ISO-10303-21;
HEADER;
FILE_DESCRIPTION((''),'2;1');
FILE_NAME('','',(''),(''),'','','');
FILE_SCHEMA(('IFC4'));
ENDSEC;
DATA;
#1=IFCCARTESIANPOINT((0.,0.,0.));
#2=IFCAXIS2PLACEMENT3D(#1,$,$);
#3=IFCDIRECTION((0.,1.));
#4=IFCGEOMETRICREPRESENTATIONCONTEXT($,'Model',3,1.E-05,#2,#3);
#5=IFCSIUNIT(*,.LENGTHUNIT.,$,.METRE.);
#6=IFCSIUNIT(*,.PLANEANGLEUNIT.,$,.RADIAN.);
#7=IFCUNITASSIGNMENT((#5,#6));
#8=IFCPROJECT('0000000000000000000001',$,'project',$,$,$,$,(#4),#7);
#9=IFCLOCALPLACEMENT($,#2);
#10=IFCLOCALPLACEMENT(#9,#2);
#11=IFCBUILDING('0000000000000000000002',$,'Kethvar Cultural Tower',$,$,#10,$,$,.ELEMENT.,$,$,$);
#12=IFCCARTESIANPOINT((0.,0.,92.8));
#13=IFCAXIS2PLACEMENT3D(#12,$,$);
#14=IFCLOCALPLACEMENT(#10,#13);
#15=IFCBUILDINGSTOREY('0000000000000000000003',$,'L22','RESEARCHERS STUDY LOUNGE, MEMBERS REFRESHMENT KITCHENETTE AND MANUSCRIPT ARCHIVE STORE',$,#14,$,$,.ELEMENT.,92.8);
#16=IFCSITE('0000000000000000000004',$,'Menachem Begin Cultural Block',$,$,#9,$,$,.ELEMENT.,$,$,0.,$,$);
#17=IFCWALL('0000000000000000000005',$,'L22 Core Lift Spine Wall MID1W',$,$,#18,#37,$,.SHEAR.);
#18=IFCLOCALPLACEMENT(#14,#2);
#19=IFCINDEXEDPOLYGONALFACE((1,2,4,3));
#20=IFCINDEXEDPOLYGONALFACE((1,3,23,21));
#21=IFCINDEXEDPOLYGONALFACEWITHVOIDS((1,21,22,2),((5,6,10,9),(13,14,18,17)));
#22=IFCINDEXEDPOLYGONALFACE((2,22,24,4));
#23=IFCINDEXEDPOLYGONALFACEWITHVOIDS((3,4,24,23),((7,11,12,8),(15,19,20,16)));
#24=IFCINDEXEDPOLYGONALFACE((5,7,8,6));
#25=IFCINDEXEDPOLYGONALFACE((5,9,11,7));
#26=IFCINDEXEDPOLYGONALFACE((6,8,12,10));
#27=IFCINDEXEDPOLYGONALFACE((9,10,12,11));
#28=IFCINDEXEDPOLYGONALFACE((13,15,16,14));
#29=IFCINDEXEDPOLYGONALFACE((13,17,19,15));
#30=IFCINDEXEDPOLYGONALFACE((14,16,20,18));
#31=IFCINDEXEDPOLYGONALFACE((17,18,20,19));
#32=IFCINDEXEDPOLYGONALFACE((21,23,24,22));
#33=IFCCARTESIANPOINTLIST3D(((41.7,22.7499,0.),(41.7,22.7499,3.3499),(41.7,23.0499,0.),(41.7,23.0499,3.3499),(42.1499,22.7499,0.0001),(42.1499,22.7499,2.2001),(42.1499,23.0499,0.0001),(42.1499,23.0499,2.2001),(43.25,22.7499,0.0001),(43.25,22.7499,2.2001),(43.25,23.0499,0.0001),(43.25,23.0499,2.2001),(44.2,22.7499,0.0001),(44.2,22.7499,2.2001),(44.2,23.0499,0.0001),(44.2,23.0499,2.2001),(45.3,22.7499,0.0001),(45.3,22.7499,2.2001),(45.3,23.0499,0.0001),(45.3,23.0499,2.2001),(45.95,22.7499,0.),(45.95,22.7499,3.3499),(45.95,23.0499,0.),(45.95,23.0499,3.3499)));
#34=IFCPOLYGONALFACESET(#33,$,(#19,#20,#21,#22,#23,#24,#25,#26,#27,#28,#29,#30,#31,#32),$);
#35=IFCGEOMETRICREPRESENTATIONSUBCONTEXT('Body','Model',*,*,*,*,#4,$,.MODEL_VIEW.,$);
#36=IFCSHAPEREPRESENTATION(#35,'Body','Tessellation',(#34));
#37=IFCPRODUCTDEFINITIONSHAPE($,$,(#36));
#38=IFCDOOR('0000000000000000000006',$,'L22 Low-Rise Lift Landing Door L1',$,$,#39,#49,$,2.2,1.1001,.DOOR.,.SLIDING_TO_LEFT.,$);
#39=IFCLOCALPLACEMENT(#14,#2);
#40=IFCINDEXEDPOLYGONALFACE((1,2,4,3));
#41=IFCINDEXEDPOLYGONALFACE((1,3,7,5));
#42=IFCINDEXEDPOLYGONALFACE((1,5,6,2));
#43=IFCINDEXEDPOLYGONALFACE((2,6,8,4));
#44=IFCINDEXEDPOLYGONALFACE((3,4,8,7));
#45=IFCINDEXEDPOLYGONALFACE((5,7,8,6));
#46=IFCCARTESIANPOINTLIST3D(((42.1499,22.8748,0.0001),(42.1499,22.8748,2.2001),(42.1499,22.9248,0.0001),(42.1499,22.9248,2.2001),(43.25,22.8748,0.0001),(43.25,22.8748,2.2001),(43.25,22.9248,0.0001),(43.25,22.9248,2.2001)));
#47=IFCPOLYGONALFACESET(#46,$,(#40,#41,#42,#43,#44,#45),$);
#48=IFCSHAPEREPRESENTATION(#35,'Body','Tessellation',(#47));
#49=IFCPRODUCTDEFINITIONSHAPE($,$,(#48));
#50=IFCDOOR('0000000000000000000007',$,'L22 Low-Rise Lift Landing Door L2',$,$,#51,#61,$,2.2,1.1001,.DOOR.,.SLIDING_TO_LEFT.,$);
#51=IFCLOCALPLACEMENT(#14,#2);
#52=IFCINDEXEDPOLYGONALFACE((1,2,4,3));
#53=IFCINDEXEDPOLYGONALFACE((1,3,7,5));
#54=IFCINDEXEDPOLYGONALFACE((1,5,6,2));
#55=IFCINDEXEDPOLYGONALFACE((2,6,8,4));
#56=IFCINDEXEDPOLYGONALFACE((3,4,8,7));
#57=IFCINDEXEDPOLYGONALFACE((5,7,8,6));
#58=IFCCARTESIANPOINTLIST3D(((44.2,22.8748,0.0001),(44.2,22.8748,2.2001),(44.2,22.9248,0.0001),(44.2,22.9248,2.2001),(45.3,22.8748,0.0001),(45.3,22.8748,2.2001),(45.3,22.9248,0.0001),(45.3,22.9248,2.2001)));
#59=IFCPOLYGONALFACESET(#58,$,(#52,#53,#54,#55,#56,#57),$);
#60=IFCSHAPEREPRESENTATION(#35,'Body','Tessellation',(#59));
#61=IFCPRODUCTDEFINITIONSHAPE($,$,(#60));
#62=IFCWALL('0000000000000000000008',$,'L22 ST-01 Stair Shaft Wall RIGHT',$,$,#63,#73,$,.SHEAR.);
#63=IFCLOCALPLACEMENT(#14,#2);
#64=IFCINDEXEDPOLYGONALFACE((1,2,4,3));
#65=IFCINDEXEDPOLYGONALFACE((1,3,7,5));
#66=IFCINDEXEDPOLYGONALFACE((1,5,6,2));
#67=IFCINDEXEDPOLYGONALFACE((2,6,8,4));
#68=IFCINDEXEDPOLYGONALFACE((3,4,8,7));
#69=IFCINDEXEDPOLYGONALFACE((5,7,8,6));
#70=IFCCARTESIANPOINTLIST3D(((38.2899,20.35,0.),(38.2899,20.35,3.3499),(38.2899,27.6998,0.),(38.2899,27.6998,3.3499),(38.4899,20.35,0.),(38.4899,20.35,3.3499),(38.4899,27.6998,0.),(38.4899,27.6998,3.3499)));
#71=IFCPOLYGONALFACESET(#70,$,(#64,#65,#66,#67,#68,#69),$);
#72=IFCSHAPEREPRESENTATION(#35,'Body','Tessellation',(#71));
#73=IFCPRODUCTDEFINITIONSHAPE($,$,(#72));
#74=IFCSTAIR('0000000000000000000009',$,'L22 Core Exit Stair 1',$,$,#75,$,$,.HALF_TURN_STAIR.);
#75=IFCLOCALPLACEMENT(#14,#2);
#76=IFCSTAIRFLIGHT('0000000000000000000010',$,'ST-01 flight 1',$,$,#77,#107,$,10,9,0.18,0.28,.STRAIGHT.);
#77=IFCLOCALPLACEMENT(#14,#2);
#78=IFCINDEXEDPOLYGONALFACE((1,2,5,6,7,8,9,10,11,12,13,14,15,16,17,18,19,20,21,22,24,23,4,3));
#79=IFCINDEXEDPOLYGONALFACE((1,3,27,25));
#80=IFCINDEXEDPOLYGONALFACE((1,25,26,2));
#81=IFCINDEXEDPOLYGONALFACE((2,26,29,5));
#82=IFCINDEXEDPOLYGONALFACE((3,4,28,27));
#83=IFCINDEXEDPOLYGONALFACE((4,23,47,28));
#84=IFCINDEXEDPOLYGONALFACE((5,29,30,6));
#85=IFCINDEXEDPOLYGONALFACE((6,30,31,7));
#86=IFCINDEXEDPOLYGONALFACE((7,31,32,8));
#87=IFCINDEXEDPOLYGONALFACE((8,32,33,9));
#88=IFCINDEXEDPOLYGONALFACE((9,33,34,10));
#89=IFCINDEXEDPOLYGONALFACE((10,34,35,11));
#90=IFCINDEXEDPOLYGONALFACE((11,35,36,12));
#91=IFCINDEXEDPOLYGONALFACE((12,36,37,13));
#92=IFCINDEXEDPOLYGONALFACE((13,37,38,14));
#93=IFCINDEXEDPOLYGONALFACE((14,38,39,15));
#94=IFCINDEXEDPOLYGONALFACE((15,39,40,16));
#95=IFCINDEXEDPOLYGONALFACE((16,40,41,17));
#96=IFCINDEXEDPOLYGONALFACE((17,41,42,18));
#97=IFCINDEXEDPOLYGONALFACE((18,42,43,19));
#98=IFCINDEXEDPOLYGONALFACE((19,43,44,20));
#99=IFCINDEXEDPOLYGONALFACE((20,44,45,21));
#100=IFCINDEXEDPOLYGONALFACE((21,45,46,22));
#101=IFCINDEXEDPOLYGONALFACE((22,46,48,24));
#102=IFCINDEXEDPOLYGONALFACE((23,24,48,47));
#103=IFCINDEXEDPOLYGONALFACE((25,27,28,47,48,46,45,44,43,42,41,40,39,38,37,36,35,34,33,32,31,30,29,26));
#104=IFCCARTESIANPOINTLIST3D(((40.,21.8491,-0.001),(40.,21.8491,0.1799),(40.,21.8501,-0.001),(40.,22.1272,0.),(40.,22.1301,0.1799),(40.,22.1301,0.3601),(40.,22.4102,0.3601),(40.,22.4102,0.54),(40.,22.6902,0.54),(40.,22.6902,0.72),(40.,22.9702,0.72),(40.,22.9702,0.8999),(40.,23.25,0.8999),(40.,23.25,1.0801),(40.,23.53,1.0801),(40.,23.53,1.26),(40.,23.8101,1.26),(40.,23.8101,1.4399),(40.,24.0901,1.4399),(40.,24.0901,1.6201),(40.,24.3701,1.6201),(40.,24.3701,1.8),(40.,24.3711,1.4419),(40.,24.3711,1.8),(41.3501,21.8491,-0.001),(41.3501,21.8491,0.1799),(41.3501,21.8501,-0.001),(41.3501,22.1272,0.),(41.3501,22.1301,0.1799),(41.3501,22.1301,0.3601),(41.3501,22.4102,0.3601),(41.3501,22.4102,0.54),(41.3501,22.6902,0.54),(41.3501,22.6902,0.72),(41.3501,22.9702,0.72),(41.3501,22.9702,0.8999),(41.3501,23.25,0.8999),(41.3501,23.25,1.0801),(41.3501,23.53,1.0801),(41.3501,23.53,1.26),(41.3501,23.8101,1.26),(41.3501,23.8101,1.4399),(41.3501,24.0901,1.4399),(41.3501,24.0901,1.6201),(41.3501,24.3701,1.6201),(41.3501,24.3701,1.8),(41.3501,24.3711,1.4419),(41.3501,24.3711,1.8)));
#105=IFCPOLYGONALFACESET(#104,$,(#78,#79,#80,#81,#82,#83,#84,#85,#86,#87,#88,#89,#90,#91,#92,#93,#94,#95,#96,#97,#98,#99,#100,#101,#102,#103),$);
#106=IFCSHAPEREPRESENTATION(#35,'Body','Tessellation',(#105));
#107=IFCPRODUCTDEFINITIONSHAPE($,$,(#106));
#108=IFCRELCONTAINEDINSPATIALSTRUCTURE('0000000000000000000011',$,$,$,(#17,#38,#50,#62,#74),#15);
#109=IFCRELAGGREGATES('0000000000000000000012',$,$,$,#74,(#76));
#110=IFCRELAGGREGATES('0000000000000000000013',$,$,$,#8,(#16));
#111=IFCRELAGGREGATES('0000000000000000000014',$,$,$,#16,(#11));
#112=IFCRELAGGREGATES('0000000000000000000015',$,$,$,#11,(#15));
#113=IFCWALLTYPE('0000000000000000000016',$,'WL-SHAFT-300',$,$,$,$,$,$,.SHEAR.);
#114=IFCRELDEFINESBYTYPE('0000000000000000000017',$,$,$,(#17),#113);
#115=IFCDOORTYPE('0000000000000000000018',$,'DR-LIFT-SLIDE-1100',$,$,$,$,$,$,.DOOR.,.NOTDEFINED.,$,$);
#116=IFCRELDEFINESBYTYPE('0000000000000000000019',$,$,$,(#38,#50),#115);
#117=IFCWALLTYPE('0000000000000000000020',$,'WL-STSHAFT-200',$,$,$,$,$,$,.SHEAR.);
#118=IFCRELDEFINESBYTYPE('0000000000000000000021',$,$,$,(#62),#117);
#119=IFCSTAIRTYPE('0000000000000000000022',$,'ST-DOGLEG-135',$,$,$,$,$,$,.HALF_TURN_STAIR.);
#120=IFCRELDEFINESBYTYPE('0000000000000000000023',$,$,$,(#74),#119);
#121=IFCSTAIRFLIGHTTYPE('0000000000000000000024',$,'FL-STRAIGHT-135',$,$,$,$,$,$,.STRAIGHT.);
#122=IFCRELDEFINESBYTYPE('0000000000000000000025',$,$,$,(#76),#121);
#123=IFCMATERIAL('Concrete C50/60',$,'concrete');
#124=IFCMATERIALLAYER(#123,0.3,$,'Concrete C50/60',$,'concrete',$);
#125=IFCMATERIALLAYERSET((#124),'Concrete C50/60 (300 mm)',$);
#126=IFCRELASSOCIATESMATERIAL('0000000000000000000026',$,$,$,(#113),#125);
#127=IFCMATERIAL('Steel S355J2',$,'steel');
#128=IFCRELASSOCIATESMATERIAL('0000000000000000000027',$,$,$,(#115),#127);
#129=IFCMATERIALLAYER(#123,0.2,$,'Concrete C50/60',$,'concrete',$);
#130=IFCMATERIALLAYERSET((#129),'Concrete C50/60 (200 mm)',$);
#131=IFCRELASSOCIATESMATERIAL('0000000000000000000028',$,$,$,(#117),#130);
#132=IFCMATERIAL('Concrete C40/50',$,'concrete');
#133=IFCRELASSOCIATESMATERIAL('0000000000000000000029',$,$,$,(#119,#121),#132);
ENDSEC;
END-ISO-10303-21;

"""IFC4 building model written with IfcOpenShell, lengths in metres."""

from ifc_helpers import new_model, si_unit, direction, frame, frame_2d, origin, place, context, subcontext, project, spatial, polyline, rectangle, outline, extrude, source, transform, mapped, material, layer, layer_set, type_object, element, fill, aggregate, save


model = new_model("IFC4")

# Units and contexts
model_context = context("Model", 3, precision=1e-05, world=origin(), true_north=direction((0.0, 1.0)))
body_context = subcontext(model_context, "Body", "Model", "MODEL_VIEW")
ifc_project = project(units=[si_unit("LENGTHUNIT", "METRE"), si_unit("PLANEANGLEUNIT", "RADIAN")], contexts=[model_context])

# Site, building, storey
site_placement = place(None, origin())
site = spatial("IfcSite", under=ifc_project, at=site_placement, Name="Menachem Begin Cultural Block", CompositionType="ELEMENT", RefElevation=0.0)
building_placement = place(site_placement, origin())
building = spatial("IfcBuilding", under=site, at=building_placement, Name="Kethvar Cultural Tower", CompositionType="ELEMENT")
storey_placement = place(building_placement, frame((0.0, 0.0, 92.8)))
storey = spatial("IfcBuildingStorey", under=building, at=storey_placement, Name="L22", Description="RESEARCHERS STUDY LOUNGE, MEMBERS REFRESHMENT KITCHENETTE AND MANUSCRIPT ARCHIVE STORE", CompositionType="ELEMENT", Elevation=92.8)

# Shared definitions
ifc_material_1 = material(Name="Steel S355J2", Category="steel")

# Wall, openings, doors
ifc_material_2 = material(Name="Concrete C50/60", Category="concrete")
ifc_layer_1 = layer(ifc_material_2, 0.3, Name="Concrete C50/60", Category="concrete")
ifc_layer_set_1 = layer_set([ifc_layer_1], Name="Concrete C50/60 (300 mm)")
wall_type_1 = type_object("IfcWallType", Name="WL-SHAFT-300", PredefinedType="SHEAR", material=ifc_layer_set_1)
wall_1_placement = place(storey_placement, frame((41.7, 22.8999, 0.0), z_axis=(0.0, 0.0, 1.0), x_axis=(1.0, 0.0, 0.0)))
wall_1 = element("IfcWall", 1, at=wall_1_placement, inside=storey, type_object=wall_type_1, Name="L22 Core Lift Spine Wall MID1W", PredefinedType="SHEAR", context=body_context, shape_type="SweptSolid", body=[
    extrude(rectangle(XDim=4.25, YDim=0.3, at=frame_2d((2.125, 0.0))), origin(), (0.0, 0.0, 1.0), 3.3499),
])
opening_1_placement = place(wall_1_placement, frame((0.45, 0.0, 0.0)))
opening_1 = element("IfcOpeningElement", 2, at=opening_1_placement, cuts=wall_1, PredefinedType="OPENING", context=body_context, shape_type="SweptSolid", body=[
    extrude(rectangle(XDim=1.1001, YDim=2.2, at=frame_2d((0.55, 1.1001))), frame((0.0, 0.1599, 0.0), z_axis=(0.0, -1.0, 0.0), x_axis=(1.0, 0.0, 0.0)), (0.0, 0.0, 1.0), 0.3201),
])
opening_2_placement = place(wall_1_placement, frame((2.5, 0.0, 0.0)))
opening_2 = element("IfcOpeningElement", 3, at=opening_2_placement, cuts=wall_1, PredefinedType="OPENING", context=body_context, shape_type="SweptSolid", body=[
    extrude(rectangle(XDim=1.1001, YDim=2.2, at=frame_2d((0.55, 1.1001))), frame((0.0, 0.1599, 0.0), z_axis=(0.0, -1.0, 0.0), x_axis=(1.0, 0.0, 0.0)), (0.0, 0.0, 1.0), 0.3201),
])
door_type_1 = type_object("IfcDoorType", Name="DR-LIFT-SLIDE-1100", OperationType="NOTDEFINED", PredefinedType="DOOR", material=ifc_material_1)
shared_shape_1 = source(origin(), body_context, "Body", "SweptSolid", [
    extrude(rectangle(XDim=1.1001, YDim=2.2, at=frame_2d((0.55, 1.1001))), frame((0.0, 0.0249, 0.0), z_axis=(0.0, -1.0, 0.0), x_axis=(1.0, 0.0, 0.0)), (0.0, 0.0, 1.0), 0.05),
])
door_1_placement = place(opening_1_placement, origin())
door_1 = element("IfcDoor", 4, at=door_1_placement, inside=storey, type_object=door_type_1, Name="L22 Low-Rise Lift Landing Door L1", OperationType="SLIDING_TO_LEFT", OverallHeight=2.2, OverallWidth=1.1001, PredefinedType="DOOR", context=body_context, shape_type="MappedRepresentation", body=[
    mapped(shared_shape_1, transform((0.0, 0.0, 0.0), scale=1.0)),
])
fill(opening_1, door_1)
door_2_placement = place(opening_2_placement, origin())
door_2 = element("IfcDoor", 5, at=door_2_placement, inside=storey, type_object=door_type_1, Name="L22 Low-Rise Lift Landing Door L2", OperationType="SLIDING_TO_LEFT", OverallHeight=2.2, OverallWidth=1.1001, PredefinedType="DOOR", context=body_context, shape_type="MappedRepresentation", body=[
    mapped(shared_shape_1, transform((0.0, 0.0, 0.0), scale=1.0)),
])
fill(opening_2, door_2)

# Wall
ifc_layer_2 = layer(ifc_material_2, 0.2, Name="Concrete C50/60", Category="concrete")
ifc_layer_set_2 = layer_set([ifc_layer_2], Name="Concrete C50/60 (200 mm)")
wall_type_2 = type_object("IfcWallType", Name="WL-STSHAFT-200", PredefinedType="SHEAR", material=ifc_layer_set_2)
wall_2_placement = place(storey_placement, frame((38.3899, 20.3501, 0.0), z_axis=(0.0, 0.0, 1.0), x_axis=(0.0, 1.0, 0.0)))
element("IfcWall", 6, at=wall_2_placement, inside=storey, type_object=wall_type_2, Name="L22 ST-01 Stair Shaft Wall RIGHT", PredefinedType="SHEAR", context=body_context, shape_type="SweptSolid", body=[
    extrude(rectangle(XDim=7.3499, YDim=0.2, at=frame_2d((3.6748, 0.0))), origin(), (0.0, 0.0, 1.0), 3.3499),
])

# Stair, stair flight
ifc_material_3 = material(Name="Concrete C40/50", Category="concrete")
stair_type = type_object("IfcStairType", Name="ST-DOGLEG-135", PredefinedType="HALF_TURN_STAIR", material=ifc_material_3)
stair_placement = place(storey_placement, origin())
stair = element("IfcStair", 7, at=stair_placement, inside=storey, type_object=stair_type, Name="L22 Core Exit Stair 1", PredefinedType="HALF_TURN_STAIR")
stair_flight_type = type_object("IfcStairFlightType", Name="FL-STRAIGHT-135", PredefinedType="STRAIGHT", material=ifc_material_3)
stair_flight_placement = place(storey_placement, frame((40.675, 21.8501, 0.0), z_axis=(0.0, 0.0, 1.0), x_axis=(0.0, 1.0, 0.0)))
stair_flight = element("IfcStairFlight", 8, at=stair_flight_placement, type_object=stair_flight_type, Name="ST-01 flight 1", NumberOfRisers=10, NumberOfTreads=9, PredefinedType="STRAIGHT", RiserHeight=0.18, TreadLength=0.28, context=body_context, shape_type="SweptSolid", body=[
    extrude(outline(polyline([(-0.001, -0.001), (-0.001, 0.1799), (0.28, 0.1799), (0.28, 0.3601), (0.5601, 0.3601), (0.5601, 0.54), (0.8401, 0.54), (0.8401, 0.72), (1.1201, 0.72), (1.1201, 0.8999), (1.3999, 0.8999), (1.3999, 1.0801), (1.6799, 1.0801), (1.6799, 1.26), (1.96, 1.26), (1.96, 1.4399), (2.24, 1.4399), (2.24, 1.6201), (2.52, 1.6201), (2.52, 1.8), (2.521, 1.8), (2.521, 1.4419), (0.2771, 0.0), (0.0, -0.001), (-0.001, -0.001)])), frame((0.0, 0.675, 0.0), z_axis=(0.0, -1.0, 0.0), x_axis=(1.0, 0.0, 0.0)), (0.0, 0.0, 1.0), 1.3501),
])
aggregate(stair, [stair_flight])

save(model, "model.ifc")
